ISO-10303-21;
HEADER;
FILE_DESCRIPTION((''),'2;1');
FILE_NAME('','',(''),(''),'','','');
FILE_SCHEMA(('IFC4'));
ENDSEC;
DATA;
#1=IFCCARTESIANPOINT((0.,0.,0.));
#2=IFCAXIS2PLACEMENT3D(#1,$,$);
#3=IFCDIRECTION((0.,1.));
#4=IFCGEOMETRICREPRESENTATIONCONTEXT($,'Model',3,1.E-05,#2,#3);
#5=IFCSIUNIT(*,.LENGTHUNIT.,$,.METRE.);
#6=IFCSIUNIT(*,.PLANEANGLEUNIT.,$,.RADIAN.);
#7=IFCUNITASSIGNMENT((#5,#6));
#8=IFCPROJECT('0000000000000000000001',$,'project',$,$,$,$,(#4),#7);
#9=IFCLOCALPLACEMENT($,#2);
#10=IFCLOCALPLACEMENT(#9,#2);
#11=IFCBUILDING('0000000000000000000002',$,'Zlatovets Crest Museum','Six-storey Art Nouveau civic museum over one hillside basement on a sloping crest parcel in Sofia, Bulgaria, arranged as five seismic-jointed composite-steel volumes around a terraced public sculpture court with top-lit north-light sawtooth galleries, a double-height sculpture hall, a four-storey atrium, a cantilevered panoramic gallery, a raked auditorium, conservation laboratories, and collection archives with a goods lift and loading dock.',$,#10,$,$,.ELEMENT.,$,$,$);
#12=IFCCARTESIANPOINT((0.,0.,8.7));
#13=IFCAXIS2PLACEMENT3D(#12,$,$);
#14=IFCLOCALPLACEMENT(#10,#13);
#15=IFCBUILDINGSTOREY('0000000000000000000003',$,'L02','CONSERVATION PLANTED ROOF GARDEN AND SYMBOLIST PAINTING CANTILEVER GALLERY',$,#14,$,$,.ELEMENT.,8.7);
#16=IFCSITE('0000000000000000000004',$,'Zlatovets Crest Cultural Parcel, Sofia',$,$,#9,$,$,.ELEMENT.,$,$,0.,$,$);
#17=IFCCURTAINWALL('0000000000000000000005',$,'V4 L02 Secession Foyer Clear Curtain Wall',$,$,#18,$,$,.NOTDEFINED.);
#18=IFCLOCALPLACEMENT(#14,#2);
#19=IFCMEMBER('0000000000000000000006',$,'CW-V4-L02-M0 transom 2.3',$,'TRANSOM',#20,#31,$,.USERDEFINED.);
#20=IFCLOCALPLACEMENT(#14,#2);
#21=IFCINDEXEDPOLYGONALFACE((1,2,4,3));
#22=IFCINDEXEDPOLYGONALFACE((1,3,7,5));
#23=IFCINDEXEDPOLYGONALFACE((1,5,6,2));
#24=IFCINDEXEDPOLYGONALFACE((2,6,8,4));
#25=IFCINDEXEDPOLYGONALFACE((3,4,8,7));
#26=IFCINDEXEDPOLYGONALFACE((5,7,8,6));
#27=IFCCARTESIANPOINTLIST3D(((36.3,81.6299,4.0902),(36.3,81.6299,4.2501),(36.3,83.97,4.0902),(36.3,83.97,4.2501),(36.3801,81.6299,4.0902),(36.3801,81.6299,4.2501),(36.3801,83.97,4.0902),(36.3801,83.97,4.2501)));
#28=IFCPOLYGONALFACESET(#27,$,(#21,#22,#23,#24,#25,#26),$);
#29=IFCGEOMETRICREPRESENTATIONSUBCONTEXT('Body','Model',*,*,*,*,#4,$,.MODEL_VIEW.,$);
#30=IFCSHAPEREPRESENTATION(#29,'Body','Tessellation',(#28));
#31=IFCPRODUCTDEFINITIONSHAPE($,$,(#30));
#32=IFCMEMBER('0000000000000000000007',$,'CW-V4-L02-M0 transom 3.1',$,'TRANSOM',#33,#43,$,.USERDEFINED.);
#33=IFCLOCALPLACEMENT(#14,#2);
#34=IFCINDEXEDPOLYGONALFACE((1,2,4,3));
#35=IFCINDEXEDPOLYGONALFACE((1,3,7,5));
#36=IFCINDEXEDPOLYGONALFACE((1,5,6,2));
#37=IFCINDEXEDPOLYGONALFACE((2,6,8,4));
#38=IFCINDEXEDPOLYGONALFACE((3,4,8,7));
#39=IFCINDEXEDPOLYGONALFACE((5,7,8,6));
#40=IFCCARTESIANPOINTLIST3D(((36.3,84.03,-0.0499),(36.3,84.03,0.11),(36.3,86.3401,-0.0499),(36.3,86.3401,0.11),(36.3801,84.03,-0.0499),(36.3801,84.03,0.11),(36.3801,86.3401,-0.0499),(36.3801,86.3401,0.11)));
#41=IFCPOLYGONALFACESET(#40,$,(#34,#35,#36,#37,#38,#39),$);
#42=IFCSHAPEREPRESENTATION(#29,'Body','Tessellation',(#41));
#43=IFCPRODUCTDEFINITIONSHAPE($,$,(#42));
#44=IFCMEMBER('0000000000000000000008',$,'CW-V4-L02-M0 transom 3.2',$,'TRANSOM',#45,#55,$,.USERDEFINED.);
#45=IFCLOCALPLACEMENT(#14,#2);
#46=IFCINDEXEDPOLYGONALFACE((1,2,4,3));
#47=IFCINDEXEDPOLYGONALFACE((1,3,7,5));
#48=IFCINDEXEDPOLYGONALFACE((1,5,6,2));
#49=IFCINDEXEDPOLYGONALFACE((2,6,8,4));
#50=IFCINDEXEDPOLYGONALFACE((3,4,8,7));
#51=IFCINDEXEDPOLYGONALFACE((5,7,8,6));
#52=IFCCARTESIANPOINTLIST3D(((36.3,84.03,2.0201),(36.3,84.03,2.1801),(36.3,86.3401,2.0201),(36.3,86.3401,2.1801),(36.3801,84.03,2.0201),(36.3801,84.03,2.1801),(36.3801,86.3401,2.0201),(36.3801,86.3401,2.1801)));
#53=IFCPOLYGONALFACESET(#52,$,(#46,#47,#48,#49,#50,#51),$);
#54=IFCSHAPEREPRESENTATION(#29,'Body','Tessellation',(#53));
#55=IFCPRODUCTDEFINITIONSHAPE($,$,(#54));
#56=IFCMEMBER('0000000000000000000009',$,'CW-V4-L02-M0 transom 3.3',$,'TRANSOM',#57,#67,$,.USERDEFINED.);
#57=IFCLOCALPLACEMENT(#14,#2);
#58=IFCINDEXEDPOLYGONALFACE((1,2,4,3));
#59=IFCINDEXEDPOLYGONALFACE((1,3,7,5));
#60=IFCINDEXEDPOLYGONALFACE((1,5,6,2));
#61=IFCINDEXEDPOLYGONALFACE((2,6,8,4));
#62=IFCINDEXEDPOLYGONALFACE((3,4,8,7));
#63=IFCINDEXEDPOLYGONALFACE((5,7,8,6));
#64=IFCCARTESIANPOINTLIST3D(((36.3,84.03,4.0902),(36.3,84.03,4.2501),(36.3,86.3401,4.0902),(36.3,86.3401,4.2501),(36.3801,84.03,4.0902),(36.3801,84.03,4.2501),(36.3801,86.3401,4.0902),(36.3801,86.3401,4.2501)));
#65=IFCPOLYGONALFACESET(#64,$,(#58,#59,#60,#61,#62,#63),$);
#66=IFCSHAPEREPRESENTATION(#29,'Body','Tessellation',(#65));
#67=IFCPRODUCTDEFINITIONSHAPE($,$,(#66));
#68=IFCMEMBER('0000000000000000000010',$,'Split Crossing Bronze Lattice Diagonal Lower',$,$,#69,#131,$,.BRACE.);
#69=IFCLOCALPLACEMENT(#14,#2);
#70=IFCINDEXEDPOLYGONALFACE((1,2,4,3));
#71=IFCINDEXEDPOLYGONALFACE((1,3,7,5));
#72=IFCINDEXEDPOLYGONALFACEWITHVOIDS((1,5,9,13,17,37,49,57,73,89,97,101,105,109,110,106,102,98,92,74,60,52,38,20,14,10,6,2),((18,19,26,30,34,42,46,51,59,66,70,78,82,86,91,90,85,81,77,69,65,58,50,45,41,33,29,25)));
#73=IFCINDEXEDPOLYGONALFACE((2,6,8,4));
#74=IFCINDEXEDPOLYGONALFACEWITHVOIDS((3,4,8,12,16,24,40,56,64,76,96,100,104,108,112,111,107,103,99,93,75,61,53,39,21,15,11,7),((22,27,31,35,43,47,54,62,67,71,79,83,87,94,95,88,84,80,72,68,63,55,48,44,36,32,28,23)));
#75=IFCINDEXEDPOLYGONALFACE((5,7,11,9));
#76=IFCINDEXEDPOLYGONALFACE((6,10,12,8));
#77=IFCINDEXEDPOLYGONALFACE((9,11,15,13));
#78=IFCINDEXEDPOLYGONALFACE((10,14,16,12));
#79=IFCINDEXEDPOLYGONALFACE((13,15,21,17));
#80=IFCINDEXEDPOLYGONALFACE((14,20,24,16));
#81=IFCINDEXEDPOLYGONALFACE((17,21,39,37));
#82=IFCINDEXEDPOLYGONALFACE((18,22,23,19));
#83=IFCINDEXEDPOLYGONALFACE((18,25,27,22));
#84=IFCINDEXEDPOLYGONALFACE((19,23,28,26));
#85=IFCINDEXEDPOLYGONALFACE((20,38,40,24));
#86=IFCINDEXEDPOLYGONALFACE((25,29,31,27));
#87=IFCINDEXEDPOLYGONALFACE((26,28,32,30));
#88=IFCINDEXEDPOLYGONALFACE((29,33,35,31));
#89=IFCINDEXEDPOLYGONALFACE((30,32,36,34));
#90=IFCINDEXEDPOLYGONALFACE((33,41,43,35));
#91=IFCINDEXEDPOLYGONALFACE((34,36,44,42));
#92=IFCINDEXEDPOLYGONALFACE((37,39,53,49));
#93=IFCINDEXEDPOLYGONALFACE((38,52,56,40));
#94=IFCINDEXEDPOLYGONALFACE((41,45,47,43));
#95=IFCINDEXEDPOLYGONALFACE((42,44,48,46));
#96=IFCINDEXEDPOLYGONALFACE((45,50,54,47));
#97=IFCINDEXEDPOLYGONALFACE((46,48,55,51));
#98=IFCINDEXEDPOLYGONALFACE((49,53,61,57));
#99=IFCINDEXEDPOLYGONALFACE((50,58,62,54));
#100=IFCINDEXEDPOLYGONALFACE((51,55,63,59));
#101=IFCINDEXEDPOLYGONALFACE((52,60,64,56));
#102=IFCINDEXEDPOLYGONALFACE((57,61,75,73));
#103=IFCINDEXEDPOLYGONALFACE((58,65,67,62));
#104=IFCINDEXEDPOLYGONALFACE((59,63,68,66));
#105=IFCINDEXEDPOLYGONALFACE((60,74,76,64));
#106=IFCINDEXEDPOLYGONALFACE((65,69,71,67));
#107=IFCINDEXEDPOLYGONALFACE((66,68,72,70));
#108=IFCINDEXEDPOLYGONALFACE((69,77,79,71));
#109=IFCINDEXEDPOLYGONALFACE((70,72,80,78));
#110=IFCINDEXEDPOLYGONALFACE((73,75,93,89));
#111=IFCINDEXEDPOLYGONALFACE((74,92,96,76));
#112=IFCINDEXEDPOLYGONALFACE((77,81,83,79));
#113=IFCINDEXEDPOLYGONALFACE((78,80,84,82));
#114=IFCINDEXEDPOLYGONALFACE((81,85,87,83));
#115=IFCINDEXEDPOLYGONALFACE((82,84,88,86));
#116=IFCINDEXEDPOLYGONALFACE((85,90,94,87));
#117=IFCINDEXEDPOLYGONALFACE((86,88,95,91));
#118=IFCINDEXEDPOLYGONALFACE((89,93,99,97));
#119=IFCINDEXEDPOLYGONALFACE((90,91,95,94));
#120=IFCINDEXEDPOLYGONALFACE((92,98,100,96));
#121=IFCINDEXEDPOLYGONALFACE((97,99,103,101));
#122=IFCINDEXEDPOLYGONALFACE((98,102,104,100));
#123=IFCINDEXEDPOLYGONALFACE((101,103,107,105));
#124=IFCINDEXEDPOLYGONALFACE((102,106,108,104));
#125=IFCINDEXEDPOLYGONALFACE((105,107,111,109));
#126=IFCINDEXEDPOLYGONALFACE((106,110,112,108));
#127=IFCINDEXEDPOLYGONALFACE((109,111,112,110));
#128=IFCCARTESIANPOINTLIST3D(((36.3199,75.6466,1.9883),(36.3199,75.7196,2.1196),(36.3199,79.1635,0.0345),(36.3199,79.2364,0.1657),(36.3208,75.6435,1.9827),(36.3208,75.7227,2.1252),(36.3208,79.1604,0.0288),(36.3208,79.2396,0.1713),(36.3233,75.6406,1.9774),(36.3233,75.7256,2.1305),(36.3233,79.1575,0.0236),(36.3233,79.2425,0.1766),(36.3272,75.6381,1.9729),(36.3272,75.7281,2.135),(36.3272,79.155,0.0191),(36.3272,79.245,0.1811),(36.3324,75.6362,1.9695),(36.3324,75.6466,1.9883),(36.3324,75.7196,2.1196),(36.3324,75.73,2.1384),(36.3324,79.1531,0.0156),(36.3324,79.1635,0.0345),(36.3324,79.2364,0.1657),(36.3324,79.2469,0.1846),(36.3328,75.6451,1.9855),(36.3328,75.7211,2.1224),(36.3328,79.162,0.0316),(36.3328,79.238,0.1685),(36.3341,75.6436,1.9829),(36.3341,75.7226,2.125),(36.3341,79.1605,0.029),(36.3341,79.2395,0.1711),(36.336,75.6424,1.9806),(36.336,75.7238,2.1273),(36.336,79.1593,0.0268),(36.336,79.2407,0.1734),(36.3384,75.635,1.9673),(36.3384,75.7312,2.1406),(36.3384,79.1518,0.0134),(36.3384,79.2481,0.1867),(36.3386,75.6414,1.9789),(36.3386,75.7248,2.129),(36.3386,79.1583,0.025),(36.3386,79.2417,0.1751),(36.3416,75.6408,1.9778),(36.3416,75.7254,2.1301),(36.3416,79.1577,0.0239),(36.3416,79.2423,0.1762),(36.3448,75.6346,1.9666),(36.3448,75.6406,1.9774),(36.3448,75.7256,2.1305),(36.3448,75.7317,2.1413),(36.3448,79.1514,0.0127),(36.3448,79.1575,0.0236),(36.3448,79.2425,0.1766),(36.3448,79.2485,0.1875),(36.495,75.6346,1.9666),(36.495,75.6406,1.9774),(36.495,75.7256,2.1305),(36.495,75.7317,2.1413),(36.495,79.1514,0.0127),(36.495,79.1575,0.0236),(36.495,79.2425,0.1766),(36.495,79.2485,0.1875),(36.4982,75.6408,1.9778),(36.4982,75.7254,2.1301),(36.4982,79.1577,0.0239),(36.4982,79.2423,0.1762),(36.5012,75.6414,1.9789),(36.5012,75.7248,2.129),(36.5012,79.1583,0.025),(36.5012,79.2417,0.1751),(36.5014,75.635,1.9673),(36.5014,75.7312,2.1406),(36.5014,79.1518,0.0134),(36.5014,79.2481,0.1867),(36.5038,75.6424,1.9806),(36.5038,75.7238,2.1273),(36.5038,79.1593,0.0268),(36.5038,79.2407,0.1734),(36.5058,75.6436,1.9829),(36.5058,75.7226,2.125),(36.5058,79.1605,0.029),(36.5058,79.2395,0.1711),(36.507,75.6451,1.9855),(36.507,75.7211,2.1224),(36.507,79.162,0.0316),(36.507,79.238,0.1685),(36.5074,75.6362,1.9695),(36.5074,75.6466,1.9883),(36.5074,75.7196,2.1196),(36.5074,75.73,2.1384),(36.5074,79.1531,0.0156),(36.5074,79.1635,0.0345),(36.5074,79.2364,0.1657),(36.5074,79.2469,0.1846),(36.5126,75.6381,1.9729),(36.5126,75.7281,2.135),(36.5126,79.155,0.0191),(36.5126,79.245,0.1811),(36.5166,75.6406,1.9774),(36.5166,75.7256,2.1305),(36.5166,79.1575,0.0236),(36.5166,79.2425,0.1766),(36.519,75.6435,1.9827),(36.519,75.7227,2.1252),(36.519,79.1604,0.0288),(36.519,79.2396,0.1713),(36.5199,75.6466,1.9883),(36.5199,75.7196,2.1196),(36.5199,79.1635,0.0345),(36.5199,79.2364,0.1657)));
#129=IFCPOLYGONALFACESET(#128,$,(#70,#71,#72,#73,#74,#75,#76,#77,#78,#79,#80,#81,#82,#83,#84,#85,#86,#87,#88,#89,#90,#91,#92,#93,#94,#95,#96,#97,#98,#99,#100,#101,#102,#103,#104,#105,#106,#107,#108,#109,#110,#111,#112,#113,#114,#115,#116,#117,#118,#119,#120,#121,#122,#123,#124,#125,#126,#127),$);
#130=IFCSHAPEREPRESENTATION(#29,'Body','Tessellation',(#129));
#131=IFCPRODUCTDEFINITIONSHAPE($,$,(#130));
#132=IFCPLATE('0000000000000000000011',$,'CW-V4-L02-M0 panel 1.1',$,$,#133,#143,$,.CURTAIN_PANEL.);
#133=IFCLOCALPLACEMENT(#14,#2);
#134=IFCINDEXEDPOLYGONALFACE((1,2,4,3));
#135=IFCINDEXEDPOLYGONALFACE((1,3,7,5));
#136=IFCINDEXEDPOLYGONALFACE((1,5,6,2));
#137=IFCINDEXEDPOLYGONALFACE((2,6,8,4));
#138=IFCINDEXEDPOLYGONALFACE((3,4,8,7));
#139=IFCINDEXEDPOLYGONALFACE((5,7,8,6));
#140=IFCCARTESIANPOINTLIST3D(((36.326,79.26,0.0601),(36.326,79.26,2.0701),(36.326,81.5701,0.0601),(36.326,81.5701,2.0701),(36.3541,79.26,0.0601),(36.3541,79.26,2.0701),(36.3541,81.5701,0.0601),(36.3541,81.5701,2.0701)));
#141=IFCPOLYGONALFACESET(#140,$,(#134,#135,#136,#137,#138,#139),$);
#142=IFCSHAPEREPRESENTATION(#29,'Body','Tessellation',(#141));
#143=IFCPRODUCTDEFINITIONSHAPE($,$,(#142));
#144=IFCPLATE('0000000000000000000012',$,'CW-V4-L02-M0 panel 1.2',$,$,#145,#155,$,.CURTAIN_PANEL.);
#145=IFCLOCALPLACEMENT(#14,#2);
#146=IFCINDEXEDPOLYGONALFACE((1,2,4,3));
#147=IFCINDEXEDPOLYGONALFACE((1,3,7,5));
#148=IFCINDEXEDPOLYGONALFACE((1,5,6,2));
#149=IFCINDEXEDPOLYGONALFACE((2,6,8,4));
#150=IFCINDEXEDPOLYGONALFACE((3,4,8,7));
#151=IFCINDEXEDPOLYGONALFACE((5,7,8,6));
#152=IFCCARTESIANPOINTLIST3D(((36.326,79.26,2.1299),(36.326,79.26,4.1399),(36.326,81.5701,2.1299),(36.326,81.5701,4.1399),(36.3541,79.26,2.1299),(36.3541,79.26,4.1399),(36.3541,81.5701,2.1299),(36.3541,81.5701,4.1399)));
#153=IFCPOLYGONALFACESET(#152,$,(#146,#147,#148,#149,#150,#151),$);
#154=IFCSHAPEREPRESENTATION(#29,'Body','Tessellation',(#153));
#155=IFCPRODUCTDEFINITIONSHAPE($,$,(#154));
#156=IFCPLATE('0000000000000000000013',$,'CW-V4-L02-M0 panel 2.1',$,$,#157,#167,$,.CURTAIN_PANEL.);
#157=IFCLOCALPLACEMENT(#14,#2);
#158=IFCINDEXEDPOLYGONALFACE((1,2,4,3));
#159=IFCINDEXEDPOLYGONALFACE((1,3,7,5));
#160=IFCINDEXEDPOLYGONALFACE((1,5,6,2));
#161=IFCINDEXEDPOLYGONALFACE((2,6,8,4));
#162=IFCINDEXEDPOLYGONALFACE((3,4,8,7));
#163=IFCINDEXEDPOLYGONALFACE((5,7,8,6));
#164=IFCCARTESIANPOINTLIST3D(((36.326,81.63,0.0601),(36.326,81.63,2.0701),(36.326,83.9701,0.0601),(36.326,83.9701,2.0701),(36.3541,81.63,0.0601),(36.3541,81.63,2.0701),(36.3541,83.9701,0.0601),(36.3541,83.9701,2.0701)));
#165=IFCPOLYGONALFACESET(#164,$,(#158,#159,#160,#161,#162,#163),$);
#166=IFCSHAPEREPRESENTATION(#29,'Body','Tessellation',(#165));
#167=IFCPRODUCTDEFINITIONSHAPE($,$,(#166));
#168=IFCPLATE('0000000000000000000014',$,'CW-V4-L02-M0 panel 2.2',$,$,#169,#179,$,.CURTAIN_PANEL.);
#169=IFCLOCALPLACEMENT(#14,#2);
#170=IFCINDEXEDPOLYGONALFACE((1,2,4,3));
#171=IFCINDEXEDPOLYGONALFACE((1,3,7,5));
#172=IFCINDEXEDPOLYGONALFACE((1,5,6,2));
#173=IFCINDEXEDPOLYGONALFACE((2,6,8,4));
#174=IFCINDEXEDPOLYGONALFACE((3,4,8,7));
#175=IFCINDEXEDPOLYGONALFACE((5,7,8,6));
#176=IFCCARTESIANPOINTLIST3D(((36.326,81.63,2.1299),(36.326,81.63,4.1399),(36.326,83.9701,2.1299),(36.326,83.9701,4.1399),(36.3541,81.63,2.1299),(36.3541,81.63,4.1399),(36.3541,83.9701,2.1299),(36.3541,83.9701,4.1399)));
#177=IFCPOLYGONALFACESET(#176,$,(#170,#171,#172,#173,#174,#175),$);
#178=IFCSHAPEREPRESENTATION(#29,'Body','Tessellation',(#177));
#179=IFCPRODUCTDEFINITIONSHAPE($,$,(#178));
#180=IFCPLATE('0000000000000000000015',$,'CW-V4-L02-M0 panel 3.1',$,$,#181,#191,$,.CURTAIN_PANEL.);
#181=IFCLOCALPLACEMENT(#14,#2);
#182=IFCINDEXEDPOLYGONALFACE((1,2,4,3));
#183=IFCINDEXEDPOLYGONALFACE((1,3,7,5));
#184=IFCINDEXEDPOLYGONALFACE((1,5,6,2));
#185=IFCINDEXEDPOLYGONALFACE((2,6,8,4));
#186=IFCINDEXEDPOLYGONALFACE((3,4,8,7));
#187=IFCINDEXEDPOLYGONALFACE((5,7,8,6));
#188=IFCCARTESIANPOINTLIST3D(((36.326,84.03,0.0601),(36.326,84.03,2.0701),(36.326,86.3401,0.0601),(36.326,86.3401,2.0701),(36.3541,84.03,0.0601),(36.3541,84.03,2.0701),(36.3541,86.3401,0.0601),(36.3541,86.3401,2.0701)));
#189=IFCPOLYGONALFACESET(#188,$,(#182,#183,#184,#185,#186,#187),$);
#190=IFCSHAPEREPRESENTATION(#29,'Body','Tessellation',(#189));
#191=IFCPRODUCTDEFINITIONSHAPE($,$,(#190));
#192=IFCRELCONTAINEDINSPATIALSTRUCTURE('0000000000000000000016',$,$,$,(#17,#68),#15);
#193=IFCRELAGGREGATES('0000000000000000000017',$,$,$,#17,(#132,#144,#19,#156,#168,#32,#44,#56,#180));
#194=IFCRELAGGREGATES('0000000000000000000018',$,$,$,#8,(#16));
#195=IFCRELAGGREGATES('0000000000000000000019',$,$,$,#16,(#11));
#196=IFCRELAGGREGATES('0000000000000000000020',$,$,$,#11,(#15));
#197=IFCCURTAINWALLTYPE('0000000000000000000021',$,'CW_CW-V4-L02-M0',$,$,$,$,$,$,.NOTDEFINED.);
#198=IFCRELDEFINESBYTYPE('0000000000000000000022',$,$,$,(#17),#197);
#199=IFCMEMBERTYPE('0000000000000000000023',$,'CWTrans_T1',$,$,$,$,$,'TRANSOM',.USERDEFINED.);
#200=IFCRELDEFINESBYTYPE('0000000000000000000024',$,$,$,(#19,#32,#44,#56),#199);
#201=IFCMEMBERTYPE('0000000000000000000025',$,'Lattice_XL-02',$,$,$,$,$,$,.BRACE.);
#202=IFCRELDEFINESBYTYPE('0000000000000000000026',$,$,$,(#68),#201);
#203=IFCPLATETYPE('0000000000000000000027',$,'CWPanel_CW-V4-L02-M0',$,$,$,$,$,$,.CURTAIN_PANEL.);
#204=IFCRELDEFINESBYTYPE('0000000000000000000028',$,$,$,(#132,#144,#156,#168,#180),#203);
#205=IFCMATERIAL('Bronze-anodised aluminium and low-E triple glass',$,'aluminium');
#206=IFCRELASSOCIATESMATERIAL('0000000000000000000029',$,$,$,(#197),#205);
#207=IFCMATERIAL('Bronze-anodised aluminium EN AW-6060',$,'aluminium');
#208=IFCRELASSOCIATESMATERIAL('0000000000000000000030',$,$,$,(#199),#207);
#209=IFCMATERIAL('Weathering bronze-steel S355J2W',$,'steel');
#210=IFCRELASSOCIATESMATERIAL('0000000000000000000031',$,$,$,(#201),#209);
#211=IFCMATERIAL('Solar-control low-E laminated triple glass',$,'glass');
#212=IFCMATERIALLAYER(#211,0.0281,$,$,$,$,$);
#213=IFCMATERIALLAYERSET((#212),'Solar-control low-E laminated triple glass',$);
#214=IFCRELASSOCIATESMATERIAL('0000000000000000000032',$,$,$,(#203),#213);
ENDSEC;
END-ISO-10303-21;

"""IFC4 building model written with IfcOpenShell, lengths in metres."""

from ifc_helpers import new_model, si_unit, direction, frame, origin, origin_2d, place, context, subcontext, project, spatial, rectangle, hollow_rectangle, extrude, material, layer, layer_set, material_profile, profile_set, type_object, element, aggregate, save


model = new_model("IFC4")

# Units and contexts
model_context = context("Model", 3, precision=1e-05, world=origin(), true_north=direction((0.0, 1.0)))
body_context = subcontext(model_context, "Body", "Model", "MODEL_VIEW")
ifc_project = project(units=[si_unit("LENGTHUNIT", "METRE"), si_unit("PLANEANGLEUNIT", "RADIAN")], contexts=[model_context])

# Site, building, storey
site_placement = place(None, origin())
site = spatial("IfcSite", under=ifc_project, at=site_placement, Name="Zlatovets Crest Cultural Parcel, Sofia", CompositionType="ELEMENT", RefElevation=0.0)
building_placement = place(site_placement, origin())
building = spatial("IfcBuilding", under=site, at=building_placement, Name="Zlatovets Crest Museum", Description="Six-storey Art Nouveau civic museum over one hillside basement on a sloping crest parcel in Sofia, Bulgaria, arranged as five seismic-jointed composite-steel volumes around a terraced public sculpture court with top-lit north-light sawtooth galleries, a double-height sculpture hall, a four-storey atrium, a cantilevered panoramic gallery, a raked auditorium, conservation laboratories, and collection archives with a goods lift and loading dock.", CompositionType="ELEMENT")
storey_placement = place(building_placement, frame((0.0, 0.0, 8.7)))
storey = spatial("IfcBuildingStorey", under=building, at=storey_placement, Name="L02", Description="CONSERVATION PLANTED ROOF GARDEN AND SYMBOLIST PAINTING CANTILEVER GALLERY", CompositionType="ELEMENT", Elevation=8.7)

# Curtain wall
ifc_material_1 = material(Name="Bronze-anodised aluminium and low-E triple glass", Category="aluminium")
ifc_material_2 = material(Name="Bronze-anodised aluminium EN AW-6060", Category="aluminium")
curtain_wall_type_1 = type_object("IfcCurtainWallType", Name="CW_CW-V4-L02-M0", PredefinedType="NOTDEFINED", material=ifc_material_1)
curtain_wall_1_placement = place(storey_placement, origin())
curtain_wall_1 = element("IfcCurtainWall", 1, at=curtain_wall_1_placement, inside=storey, type_object=curtain_wall_type_1, Name="V4 L02 Secession Foyer Clear Curtain Wall", PredefinedType="NOTDEFINED")

# Members
ifc_material_profile_1 = material_profile(ifc_material_2, rectangle(XDim=0.0801, YDim=0.1599, at=origin_2d()), Name="ALU 80x160")
ifc_profile_set_1 = profile_set([ifc_material_profile_1], Name="Bronze-anodised aluminium EN AW-6060")
member_type_1 = type_object("IfcMemberType", Name="CWTrans_T1", ElementType="TRANSOM", PredefinedType="USERDEFINED", material=ifc_profile_set_1)
member_1_placement = place(storey_placement, frame((36.3401, 81.6299, 4.1702), z_axis=(0.0, 1.0, 0.0), x_axis=(-1.0, 0.0, 0.0)))
member_1 = element("IfcMember", 2, at=member_1_placement, type_object=member_type_1, Name="CW-V4-L02-M0 transom 2.3", ObjectType="TRANSOM", PredefinedType="USERDEFINED", context=body_context, shape_type="SweptSolid", body=[
    extrude(rectangle(XDim=0.0801, YDim=0.1599, at=origin_2d()), origin(), (0.0, 0.0, 1.0), 2.3401),
])
member_2_placement = place(storey_placement, frame((36.3401, 84.03, 0.03), z_axis=(0.0, 1.0, 0.0), x_axis=(-1.0, 0.0, 0.0)))
member_2 = element("IfcMember", 3, at=member_2_placement, type_object=member_type_1, Name="CW-V4-L02-M0 transom 3.1", ObjectType="TRANSOM", PredefinedType="USERDEFINED", context=body_context, shape_type="SweptSolid", body=[
    extrude(rectangle(XDim=0.0801, YDim=0.1599, at=origin_2d()), origin(), (0.0, 0.0, 1.0), 2.3101),
])
member_3_placement = place(storey_placement, frame((36.3401, 84.03, 2.1001), z_axis=(0.0, 1.0, 0.0), x_axis=(-1.0, 0.0, 0.0)))
member_3 = element("IfcMember", 4, at=member_3_placement, type_object=member_type_1, Name="CW-V4-L02-M0 transom 3.2", ObjectType="TRANSOM", PredefinedType="USERDEFINED", context=body_context, shape_type="SweptSolid", body=[
    extrude(rectangle(XDim=0.0801, YDim=0.1599, at=origin_2d()), origin(), (0.0, 0.0, 1.0), 2.3101),
])
member_4_placement = place(storey_placement, frame((36.3401, 84.03, 4.1702), z_axis=(0.0, 1.0, 0.0), x_axis=(-1.0, 0.0, 0.0)))
member_4 = element("IfcMember", 5, at=member_4_placement, type_object=member_type_1, Name="CW-V4-L02-M0 transom 3.3", ObjectType="TRANSOM", PredefinedType="USERDEFINED", context=body_context, shape_type="SweptSolid", body=[
    extrude(rectangle(XDim=0.0801, YDim=0.1599, at=origin_2d()), origin(), (0.0, 0.0, 1.0), 2.3101),
])
ifc_material_3 = material(Name="Weathering bronze-steel S355J2W", Category="steel")
ifc_material_profile_2 = material_profile(ifc_material_3, hollow_rectangle(XDim=0.2, YDim=0.2, WallThickness=0.0125, InnerFilletRadius=0.0125, OuterFilletRadius=0.0249, at=origin_2d()), Name="SHS 200x200x12.5")
ifc_profile_set_2 = profile_set([ifc_material_profile_2], Name="Weathering bronze-steel S355J2W")
member_type_2 = type_object("IfcMemberType", Name="Lattice_XL-02", PredefinedType="BRACE", material=ifc_profile_set_2)
member_5_placement = place(storey_placement, frame((36.4199, 75.6831, 2.054), z_axis=(0.0, 0.874152, -0.485653), x_axis=(-1.0, 0.0, 0.0)))
element("IfcMember", 6, at=member_5_placement, inside=storey, type_object=member_type_2, Name="Split Crossing Bronze Lattice Diagonal Lower", PredefinedType="BRACE", context=body_context, shape_type="SweptSolid", body=[
    extrude(hollow_rectangle(XDim=0.2, YDim=0.2, WallThickness=0.0125, InnerFilletRadius=0.0125, OuterFilletRadius=0.0249, at=origin_2d()), origin(), (0.0, 0.0, 1.0), 4.0232),
])

# Plates
ifc_material_4 = material(Name="Solar-control low-E laminated triple glass", Category="glass")
ifc_layer_1 = layer(ifc_material_4, 0.0281)
ifc_layer_set_1 = layer_set([ifc_layer_1], Name="Solar-control low-E laminated triple glass")
plate_type_1 = type_object("IfcPlateType", Name="CWPanel_CW-V4-L02-M0", PredefinedType="CURTAIN_PANEL", material=ifc_layer_set_1)
plate_1_placement = place(storey_placement, frame((36.3401, 80.415, 0.0601), z_axis=(0.0, 0.0, 1.0), x_axis=(0.0, 1.0, 0.0)))
plate_1 = element("IfcPlate", 7, at=plate_1_placement, type_object=plate_type_1, Name="CW-V4-L02-M0 panel 1.1", PredefinedType="CURTAIN_PANEL", context=body_context, shape_type="SweptSolid", body=[
    extrude(rectangle(XDim=2.3101, YDim=0.0281, at=origin_2d()), origin(), (0.0, 0.0, 1.0), 2.01),
])
plate_2_placement = place(storey_placement, frame((36.3401, 80.415, 2.1299), z_axis=(0.0, 0.0, 1.0), x_axis=(0.0, 1.0, 0.0)))
plate_2 = element("IfcPlate", 8, at=plate_2_placement, type_object=plate_type_1, Name="CW-V4-L02-M0 panel 1.2", PredefinedType="CURTAIN_PANEL", context=body_context, shape_type="SweptSolid", body=[
    extrude(rectangle(XDim=2.3101, YDim=0.0281, at=origin_2d()), origin(), (0.0, 0.0, 1.0), 2.01),
])
plate_3_placement = place(storey_placement, frame((36.3401, 82.8, 0.0601), z_axis=(0.0, 0.0, 1.0), x_axis=(0.0, 1.0, 0.0)))
plate_3 = element("IfcPlate", 9, at=plate_3_placement, type_object=plate_type_1, Name="CW-V4-L02-M0 panel 2.1", PredefinedType="CURTAIN_PANEL", context=body_context, shape_type="SweptSolid", body=[
    extrude(rectangle(XDim=2.3401, YDim=0.0281, at=origin_2d()), origin(), (0.0, 0.0, 1.0), 2.01),
])
plate_4_placement = place(storey_placement, frame((36.3401, 82.8, 2.1299), z_axis=(0.0, 0.0, 1.0), x_axis=(0.0, 1.0, 0.0)))
plate_4 = element("IfcPlate", 10, at=plate_4_placement, type_object=plate_type_1, Name="CW-V4-L02-M0 panel 2.2", PredefinedType="CURTAIN_PANEL", context=body_context, shape_type="SweptSolid", body=[
    extrude(rectangle(XDim=2.3401, YDim=0.0281, at=origin_2d()), origin(), (0.0, 0.0, 1.0), 2.01),
])
plate_5_placement = place(storey_placement, frame((36.3401, 85.1851, 0.0601), z_axis=(0.0, 0.0, 1.0), x_axis=(0.0, 1.0, 0.0)))
plate_5 = element("IfcPlate", 11, at=plate_5_placement, type_object=plate_type_1, Name="CW-V4-L02-M0 panel 3.1", PredefinedType="CURTAIN_PANEL", context=body_context, shape_type="SweptSolid", body=[
    extrude(rectangle(XDim=2.3101, YDim=0.0281, at=origin_2d()), origin(), (0.0, 0.0, 1.0), 2.01),
])
aggregate(curtain_wall_1, [plate_1, plate_2, member_1, plate_3, plate_4, member_2, member_3, member_4, plate_5])

save(model, "model.ifc")
